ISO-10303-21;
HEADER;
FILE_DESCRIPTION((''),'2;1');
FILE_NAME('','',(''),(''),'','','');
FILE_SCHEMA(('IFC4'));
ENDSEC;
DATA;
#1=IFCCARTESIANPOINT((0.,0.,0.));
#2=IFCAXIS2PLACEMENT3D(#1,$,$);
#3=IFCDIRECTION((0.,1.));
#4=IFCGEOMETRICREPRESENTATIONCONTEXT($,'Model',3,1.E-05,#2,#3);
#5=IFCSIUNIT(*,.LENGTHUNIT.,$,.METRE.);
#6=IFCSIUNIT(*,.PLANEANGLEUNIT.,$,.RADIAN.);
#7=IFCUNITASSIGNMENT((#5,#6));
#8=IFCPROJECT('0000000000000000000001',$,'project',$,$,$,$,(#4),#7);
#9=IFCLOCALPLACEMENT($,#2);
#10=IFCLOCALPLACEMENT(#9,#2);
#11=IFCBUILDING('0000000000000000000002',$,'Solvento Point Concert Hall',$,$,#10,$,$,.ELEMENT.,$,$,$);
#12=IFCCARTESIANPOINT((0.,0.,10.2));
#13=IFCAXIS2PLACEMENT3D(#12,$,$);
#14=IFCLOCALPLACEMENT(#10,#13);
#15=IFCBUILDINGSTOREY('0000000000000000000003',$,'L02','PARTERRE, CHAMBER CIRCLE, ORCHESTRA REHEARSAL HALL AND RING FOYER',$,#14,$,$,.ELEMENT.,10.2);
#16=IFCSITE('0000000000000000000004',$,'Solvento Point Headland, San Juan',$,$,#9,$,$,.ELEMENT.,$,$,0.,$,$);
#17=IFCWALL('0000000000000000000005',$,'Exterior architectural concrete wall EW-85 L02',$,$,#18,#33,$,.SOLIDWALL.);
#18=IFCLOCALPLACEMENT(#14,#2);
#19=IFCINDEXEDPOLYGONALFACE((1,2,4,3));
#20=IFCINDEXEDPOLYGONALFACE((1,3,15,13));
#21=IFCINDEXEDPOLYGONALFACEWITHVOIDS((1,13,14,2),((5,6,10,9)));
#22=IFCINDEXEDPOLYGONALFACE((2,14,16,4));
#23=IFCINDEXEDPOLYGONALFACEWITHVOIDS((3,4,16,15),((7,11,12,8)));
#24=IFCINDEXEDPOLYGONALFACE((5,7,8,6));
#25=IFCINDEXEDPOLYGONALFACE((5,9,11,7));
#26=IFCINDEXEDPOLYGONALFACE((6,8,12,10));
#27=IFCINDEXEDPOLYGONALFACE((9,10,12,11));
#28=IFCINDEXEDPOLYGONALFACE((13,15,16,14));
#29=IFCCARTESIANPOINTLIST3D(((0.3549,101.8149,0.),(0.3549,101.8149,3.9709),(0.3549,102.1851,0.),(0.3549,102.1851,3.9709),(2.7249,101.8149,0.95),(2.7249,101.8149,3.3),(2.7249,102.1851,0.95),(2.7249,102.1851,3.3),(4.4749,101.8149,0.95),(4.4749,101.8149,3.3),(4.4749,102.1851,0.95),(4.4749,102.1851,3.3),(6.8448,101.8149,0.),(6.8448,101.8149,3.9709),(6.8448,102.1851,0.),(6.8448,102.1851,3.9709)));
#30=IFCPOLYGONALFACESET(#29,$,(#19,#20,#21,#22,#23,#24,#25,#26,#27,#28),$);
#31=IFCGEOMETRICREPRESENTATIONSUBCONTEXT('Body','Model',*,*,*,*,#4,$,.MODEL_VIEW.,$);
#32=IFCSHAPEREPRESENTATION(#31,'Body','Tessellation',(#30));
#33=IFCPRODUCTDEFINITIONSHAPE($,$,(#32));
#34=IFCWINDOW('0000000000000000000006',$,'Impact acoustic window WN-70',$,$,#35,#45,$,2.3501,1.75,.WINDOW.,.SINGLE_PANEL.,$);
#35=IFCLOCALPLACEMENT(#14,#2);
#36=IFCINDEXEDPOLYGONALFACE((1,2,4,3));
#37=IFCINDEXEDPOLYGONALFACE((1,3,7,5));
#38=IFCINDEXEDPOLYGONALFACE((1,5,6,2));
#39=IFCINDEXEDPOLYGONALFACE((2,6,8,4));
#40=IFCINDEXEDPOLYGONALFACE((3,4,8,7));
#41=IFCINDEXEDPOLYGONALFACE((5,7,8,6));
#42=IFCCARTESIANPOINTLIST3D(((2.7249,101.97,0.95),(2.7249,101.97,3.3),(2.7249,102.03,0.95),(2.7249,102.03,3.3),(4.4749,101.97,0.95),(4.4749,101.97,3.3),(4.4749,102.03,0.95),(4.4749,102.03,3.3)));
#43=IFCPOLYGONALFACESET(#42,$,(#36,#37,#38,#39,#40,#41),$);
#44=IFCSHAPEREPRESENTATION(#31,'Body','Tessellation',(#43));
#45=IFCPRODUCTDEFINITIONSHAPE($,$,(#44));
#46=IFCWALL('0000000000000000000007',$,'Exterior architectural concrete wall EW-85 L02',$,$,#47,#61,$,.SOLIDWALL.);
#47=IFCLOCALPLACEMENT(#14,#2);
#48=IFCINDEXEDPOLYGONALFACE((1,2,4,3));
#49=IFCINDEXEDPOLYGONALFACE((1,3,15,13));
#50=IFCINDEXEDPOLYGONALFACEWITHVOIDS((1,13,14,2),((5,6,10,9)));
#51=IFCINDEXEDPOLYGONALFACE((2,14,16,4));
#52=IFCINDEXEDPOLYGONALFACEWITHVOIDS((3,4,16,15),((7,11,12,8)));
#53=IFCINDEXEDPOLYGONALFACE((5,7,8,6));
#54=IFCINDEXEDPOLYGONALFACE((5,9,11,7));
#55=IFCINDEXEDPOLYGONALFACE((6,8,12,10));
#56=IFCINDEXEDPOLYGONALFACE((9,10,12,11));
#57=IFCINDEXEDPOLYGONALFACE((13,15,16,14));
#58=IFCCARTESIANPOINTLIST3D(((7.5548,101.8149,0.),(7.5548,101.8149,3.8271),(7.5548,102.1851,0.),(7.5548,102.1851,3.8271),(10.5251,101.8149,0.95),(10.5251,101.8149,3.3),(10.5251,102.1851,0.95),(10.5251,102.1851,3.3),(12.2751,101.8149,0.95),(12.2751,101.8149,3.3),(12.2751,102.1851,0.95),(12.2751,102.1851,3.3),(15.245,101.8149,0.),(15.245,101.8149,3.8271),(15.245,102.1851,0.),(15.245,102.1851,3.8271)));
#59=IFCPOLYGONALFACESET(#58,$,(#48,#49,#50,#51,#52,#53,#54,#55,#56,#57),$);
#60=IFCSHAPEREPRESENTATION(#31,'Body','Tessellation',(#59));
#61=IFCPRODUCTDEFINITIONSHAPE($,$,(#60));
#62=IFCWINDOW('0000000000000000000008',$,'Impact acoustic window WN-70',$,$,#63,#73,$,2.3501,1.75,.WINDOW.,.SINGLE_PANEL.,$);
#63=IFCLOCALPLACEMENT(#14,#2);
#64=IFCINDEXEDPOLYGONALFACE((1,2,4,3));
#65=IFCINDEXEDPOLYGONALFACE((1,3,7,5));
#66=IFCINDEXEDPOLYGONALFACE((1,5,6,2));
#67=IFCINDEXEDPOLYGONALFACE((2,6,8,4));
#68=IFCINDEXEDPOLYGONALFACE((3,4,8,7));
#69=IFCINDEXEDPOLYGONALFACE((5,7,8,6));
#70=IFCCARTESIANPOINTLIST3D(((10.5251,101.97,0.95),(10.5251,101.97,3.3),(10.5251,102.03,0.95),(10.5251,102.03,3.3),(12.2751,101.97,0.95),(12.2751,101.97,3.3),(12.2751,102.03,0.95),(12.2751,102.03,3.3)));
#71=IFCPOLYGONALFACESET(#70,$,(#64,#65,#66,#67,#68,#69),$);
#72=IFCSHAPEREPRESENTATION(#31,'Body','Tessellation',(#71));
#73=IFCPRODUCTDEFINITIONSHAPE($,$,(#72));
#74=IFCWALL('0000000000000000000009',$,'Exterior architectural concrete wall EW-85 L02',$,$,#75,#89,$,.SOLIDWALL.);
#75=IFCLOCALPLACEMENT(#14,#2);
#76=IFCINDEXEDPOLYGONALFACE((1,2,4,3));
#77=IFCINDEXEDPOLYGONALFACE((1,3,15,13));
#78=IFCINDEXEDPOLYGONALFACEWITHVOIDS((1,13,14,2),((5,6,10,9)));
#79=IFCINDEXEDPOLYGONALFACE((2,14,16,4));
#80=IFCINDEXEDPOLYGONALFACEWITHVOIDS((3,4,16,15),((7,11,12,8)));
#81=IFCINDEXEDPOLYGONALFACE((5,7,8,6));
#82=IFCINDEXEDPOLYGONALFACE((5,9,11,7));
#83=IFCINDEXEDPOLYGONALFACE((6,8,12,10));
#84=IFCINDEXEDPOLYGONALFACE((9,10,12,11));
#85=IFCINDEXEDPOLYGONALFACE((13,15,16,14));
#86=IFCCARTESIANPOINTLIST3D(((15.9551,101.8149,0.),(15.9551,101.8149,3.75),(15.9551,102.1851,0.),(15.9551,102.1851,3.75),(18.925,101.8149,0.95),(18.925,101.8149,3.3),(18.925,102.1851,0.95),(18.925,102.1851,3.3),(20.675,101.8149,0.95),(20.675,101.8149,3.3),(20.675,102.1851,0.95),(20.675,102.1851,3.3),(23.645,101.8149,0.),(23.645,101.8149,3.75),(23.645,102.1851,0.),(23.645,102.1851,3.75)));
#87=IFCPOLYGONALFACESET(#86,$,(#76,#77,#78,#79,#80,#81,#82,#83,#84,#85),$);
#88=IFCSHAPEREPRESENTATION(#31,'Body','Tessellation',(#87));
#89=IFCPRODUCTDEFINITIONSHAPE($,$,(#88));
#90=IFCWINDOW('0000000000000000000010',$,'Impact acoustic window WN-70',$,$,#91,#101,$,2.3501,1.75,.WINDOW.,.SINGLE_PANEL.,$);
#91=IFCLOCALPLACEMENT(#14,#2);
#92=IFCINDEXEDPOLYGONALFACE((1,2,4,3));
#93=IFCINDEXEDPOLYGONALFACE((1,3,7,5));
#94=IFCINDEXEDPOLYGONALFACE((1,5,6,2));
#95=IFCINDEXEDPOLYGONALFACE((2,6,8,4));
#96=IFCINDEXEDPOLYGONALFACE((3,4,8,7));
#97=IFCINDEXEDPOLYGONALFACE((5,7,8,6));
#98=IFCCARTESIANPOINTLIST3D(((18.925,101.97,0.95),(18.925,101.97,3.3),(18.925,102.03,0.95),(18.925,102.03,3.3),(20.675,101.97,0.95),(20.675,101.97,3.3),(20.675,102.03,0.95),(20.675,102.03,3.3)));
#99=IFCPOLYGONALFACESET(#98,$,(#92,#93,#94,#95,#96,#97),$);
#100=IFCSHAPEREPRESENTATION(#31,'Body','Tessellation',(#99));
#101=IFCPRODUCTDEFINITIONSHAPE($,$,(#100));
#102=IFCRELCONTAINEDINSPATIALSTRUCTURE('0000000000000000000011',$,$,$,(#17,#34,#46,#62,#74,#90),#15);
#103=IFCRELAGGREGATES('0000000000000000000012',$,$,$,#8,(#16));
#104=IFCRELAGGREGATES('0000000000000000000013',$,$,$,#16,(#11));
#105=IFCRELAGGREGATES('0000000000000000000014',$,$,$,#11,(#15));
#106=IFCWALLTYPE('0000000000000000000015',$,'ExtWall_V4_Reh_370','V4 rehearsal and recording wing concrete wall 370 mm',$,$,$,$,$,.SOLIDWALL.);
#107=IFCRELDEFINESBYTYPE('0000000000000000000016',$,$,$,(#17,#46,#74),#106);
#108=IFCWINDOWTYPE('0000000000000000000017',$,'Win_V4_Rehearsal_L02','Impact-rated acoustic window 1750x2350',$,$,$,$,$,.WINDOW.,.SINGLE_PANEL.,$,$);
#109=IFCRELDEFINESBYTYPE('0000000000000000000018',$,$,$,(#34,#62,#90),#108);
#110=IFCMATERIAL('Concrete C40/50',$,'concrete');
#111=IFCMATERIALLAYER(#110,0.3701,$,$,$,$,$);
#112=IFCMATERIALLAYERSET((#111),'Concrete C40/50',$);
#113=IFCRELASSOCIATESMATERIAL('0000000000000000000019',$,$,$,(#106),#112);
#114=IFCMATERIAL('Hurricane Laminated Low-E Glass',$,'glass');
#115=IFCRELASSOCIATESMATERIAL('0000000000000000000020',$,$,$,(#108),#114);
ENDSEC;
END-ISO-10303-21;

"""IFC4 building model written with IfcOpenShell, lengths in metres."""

from ifc_helpers import new_model, si_unit, direction, frame, frame_2d, origin, place, context, subcontext, project, spatial, rectangle, extrude, material, layer, layer_set, type_object, element, fill, save


model = new_model("IFC4")

# Units and contexts
model_context = context("Model", 3, precision=1e-05, world=origin(), true_north=direction((0.0, 1.0)))
body_context = subcontext(model_context, "Body", "Model", "MODEL_VIEW")
ifc_project = project(units=[si_unit("LENGTHUNIT", "METRE"), si_unit("PLANEANGLEUNIT", "RADIAN")], contexts=[model_context])

# Site, building, storey
site_placement = place(None, origin())
site = spatial("IfcSite", under=ifc_project, at=site_placement, Name="Solvento Point Headland, San Juan", CompositionType="ELEMENT", RefElevation=0.0)
building_placement = place(site_placement, origin())
building = spatial("IfcBuilding", under=site, at=building_placement, Name="Solvento Point Concert Hall", CompositionType="ELEMENT")
storey_placement = place(building_placement, frame((0.0, 0.0, 10.2)))
storey = spatial("IfcBuildingStorey", under=building, at=storey_placement, Name="L02", Description="PARTERRE, CHAMBER CIRCLE, ORCHESTRA REHEARSAL HALL AND RING FOYER", CompositionType="ELEMENT", Elevation=10.2)

# Walls, openings, windows
ifc_material_1 = material(Name="Concrete C40/50", Category="concrete")
ifc_layer = layer(ifc_material_1, 0.3701)
ifc_layer_set = layer_set([ifc_layer], Name="Concrete C40/50")
wall_type = type_object("IfcWallType", Name="ExtWall_V4_Reh_370", Description="V4 rehearsal and recording wing concrete wall 370 mm", PredefinedType="SOLIDWALL", material=ifc_layer_set)
ifc_material_2 = material(Name="Hurricane Laminated Low-E Glass", Category="glass")
window_type = type_object("IfcWindowType", Name="Win_V4_Rehearsal_L02", Description="Impact-rated acoustic window 1750x2350", PartitioningType="SINGLE_PANEL", PredefinedType="WINDOW", material=ifc_material_2)
wall_1_placement = place(storey_placement, frame((6.845, 102.0, 0.0), z_axis=(0.0, 0.0, 1.0), x_axis=(-1.0, 0.0, 0.0)))
wall_1 = element("IfcWall", 1, at=wall_1_placement, inside=storey, type_object=wall_type, Name="Exterior architectural concrete wall EW-85 L02", PredefinedType="SOLIDWALL", context=body_context, shape_type="SweptSolid", body=[
    extrude(rectangle(XDim=6.49, YDim=0.3701, at=frame_2d((3.2451, 0.0))), origin(), (0.0, 0.0, 1.0), 3.9709),
])
opening_1_placement = place(wall_1_placement, frame((2.3701, 0.0, 0.95)))
opening_1 = element("IfcOpeningElement", 2, at=opening_1_placement, cuts=wall_1, PredefinedType="OPENING", context=body_context, shape_type="SweptSolid", body=[
    extrude(rectangle(XDim=1.75, YDim=2.3501, at=frame_2d((0.875, 1.175))), frame((0.0, 0.1951, 0.0), z_axis=(0.0, -1.0, 0.0), x_axis=(1.0, 0.0, 0.0)), (0.0, 0.0, 1.0), 0.3901),
])
window_1_placement = place(opening_1_placement, origin())
window_1 = element("IfcWindow", 3, at=window_1_placement, inside=storey, type_object=window_type, Name="Impact acoustic window WN-70", OverallHeight=2.3501, OverallWidth=1.75, PartitioningType="SINGLE_PANEL", PredefinedType="WINDOW", context=body_context, shape_type="SweptSolid", body=[
    extrude(rectangle(XDim=1.75, YDim=2.3501, at=frame_2d((0.875, 1.175))), frame((0.0, 0.03, 0.0), z_axis=(0.0, -1.0, 0.0), x_axis=(1.0, 0.0, 0.0)), (0.0, 0.0, 1.0), 0.0601),
])
fill(opening_1, window_1)
wall_2_placement = place(storey_placement, frame((15.2451, 102.0, 0.0), z_axis=(0.0, 0.0, 1.0), x_axis=(-1.0, 0.0, 0.0)))
wall_2 = element("IfcWall", 4, at=wall_2_placement, inside=storey, type_object=wall_type, Name="Exterior architectural concrete wall EW-85 L02", PredefinedType="SOLIDWALL", context=body_context, shape_type="SweptSolid", body=[
    extrude(rectangle(XDim=7.6902, YDim=0.3701, at=frame_2d((3.8452, 0.0))), origin(), (0.0, 0.0, 1.0), 3.8271),
])
opening_2_placement = place(wall_2_placement, frame((2.97, 0.0, 0.95)))
opening_2 = element("IfcOpeningElement", 5, at=opening_2_placement, cuts=wall_2, PredefinedType="OPENING", context=body_context, shape_type="SweptSolid", body=[
    extrude(rectangle(XDim=1.75, YDim=2.3501, at=frame_2d((0.875, 1.175))), frame((0.0, 0.1951, 0.0), z_axis=(0.0, -1.0, 0.0), x_axis=(1.0, 0.0, 0.0)), (0.0, 0.0, 1.0), 0.3901),
])
window_2_placement = place(opening_2_placement, origin())
window_2 = element("IfcWindow", 6, at=window_2_placement, inside=storey, type_object=window_type, Name="Impact acoustic window WN-70", OverallHeight=2.3501, OverallWidth=1.75, PartitioningType="SINGLE_PANEL", PredefinedType="WINDOW", context=body_context, shape_type="SweptSolid", body=[
    extrude(rectangle(XDim=1.75, YDim=2.3501, at=frame_2d((0.875, 1.175))), frame((0.0, 0.03, 0.0), z_axis=(0.0, -1.0, 0.0), x_axis=(1.0, 0.0, 0.0)), (0.0, 0.0, 1.0), 0.0601),
])
fill(opening_2, window_2)
wall_3_placement = place(storey_placement, frame((23.645, 102.0, 0.0), z_axis=(0.0, 0.0, 1.0), x_axis=(-1.0, 0.0, 0.0)))
wall_3 = element("IfcWall", 7, at=wall_3_placement, inside=storey, type_object=wall_type, Name="Exterior architectural concrete wall EW-85 L02", PredefinedType="SOLIDWALL", context=body_context, shape_type="SweptSolid", body=[
    extrude(rectangle(XDim=7.6899, YDim=0.3701, at=frame_2d((3.845, 0.0))), origin(), (0.0, 0.0, 1.0), 3.75),
])
opening_3_placement = place(wall_3_placement, frame((2.97, 0.0, 0.95)))
opening_3 = element("IfcOpeningElement", 8, at=opening_3_placement, cuts=wall_3, PredefinedType="OPENING", context=body_context, shape_type="SweptSolid", body=[
    extrude(rectangle(XDim=1.75, YDim=2.3501, at=frame_2d((0.875, 1.175))), frame((0.0, 0.1951, 0.0), z_axis=(0.0, -1.0, 0.0), x_axis=(1.0, 0.0, 0.0)), (0.0, 0.0, 1.0), 0.3901),
])
window_3_placement = place(opening_3_placement, origin())
window_3 = element("IfcWindow", 9, at=window_3_placement, inside=storey, type_object=window_type, Name="Impact acoustic window WN-70", OverallHeight=2.3501, OverallWidth=1.75, PartitioningType="SINGLE_PANEL", PredefinedType="WINDOW", context=body_context, shape_type="SweptSolid", body=[
    extrude(rectangle(XDim=1.75, YDim=2.3501, at=frame_2d((0.875, 1.175))), frame((0.0, 0.03, 0.0), z_axis=(0.0, -1.0, 0.0), x_axis=(1.0, 0.0, 0.0)), (0.0, 0.0, 1.0), 0.0601),
])
fill(opening_3, window_3)

save(model, "model.ifc")
